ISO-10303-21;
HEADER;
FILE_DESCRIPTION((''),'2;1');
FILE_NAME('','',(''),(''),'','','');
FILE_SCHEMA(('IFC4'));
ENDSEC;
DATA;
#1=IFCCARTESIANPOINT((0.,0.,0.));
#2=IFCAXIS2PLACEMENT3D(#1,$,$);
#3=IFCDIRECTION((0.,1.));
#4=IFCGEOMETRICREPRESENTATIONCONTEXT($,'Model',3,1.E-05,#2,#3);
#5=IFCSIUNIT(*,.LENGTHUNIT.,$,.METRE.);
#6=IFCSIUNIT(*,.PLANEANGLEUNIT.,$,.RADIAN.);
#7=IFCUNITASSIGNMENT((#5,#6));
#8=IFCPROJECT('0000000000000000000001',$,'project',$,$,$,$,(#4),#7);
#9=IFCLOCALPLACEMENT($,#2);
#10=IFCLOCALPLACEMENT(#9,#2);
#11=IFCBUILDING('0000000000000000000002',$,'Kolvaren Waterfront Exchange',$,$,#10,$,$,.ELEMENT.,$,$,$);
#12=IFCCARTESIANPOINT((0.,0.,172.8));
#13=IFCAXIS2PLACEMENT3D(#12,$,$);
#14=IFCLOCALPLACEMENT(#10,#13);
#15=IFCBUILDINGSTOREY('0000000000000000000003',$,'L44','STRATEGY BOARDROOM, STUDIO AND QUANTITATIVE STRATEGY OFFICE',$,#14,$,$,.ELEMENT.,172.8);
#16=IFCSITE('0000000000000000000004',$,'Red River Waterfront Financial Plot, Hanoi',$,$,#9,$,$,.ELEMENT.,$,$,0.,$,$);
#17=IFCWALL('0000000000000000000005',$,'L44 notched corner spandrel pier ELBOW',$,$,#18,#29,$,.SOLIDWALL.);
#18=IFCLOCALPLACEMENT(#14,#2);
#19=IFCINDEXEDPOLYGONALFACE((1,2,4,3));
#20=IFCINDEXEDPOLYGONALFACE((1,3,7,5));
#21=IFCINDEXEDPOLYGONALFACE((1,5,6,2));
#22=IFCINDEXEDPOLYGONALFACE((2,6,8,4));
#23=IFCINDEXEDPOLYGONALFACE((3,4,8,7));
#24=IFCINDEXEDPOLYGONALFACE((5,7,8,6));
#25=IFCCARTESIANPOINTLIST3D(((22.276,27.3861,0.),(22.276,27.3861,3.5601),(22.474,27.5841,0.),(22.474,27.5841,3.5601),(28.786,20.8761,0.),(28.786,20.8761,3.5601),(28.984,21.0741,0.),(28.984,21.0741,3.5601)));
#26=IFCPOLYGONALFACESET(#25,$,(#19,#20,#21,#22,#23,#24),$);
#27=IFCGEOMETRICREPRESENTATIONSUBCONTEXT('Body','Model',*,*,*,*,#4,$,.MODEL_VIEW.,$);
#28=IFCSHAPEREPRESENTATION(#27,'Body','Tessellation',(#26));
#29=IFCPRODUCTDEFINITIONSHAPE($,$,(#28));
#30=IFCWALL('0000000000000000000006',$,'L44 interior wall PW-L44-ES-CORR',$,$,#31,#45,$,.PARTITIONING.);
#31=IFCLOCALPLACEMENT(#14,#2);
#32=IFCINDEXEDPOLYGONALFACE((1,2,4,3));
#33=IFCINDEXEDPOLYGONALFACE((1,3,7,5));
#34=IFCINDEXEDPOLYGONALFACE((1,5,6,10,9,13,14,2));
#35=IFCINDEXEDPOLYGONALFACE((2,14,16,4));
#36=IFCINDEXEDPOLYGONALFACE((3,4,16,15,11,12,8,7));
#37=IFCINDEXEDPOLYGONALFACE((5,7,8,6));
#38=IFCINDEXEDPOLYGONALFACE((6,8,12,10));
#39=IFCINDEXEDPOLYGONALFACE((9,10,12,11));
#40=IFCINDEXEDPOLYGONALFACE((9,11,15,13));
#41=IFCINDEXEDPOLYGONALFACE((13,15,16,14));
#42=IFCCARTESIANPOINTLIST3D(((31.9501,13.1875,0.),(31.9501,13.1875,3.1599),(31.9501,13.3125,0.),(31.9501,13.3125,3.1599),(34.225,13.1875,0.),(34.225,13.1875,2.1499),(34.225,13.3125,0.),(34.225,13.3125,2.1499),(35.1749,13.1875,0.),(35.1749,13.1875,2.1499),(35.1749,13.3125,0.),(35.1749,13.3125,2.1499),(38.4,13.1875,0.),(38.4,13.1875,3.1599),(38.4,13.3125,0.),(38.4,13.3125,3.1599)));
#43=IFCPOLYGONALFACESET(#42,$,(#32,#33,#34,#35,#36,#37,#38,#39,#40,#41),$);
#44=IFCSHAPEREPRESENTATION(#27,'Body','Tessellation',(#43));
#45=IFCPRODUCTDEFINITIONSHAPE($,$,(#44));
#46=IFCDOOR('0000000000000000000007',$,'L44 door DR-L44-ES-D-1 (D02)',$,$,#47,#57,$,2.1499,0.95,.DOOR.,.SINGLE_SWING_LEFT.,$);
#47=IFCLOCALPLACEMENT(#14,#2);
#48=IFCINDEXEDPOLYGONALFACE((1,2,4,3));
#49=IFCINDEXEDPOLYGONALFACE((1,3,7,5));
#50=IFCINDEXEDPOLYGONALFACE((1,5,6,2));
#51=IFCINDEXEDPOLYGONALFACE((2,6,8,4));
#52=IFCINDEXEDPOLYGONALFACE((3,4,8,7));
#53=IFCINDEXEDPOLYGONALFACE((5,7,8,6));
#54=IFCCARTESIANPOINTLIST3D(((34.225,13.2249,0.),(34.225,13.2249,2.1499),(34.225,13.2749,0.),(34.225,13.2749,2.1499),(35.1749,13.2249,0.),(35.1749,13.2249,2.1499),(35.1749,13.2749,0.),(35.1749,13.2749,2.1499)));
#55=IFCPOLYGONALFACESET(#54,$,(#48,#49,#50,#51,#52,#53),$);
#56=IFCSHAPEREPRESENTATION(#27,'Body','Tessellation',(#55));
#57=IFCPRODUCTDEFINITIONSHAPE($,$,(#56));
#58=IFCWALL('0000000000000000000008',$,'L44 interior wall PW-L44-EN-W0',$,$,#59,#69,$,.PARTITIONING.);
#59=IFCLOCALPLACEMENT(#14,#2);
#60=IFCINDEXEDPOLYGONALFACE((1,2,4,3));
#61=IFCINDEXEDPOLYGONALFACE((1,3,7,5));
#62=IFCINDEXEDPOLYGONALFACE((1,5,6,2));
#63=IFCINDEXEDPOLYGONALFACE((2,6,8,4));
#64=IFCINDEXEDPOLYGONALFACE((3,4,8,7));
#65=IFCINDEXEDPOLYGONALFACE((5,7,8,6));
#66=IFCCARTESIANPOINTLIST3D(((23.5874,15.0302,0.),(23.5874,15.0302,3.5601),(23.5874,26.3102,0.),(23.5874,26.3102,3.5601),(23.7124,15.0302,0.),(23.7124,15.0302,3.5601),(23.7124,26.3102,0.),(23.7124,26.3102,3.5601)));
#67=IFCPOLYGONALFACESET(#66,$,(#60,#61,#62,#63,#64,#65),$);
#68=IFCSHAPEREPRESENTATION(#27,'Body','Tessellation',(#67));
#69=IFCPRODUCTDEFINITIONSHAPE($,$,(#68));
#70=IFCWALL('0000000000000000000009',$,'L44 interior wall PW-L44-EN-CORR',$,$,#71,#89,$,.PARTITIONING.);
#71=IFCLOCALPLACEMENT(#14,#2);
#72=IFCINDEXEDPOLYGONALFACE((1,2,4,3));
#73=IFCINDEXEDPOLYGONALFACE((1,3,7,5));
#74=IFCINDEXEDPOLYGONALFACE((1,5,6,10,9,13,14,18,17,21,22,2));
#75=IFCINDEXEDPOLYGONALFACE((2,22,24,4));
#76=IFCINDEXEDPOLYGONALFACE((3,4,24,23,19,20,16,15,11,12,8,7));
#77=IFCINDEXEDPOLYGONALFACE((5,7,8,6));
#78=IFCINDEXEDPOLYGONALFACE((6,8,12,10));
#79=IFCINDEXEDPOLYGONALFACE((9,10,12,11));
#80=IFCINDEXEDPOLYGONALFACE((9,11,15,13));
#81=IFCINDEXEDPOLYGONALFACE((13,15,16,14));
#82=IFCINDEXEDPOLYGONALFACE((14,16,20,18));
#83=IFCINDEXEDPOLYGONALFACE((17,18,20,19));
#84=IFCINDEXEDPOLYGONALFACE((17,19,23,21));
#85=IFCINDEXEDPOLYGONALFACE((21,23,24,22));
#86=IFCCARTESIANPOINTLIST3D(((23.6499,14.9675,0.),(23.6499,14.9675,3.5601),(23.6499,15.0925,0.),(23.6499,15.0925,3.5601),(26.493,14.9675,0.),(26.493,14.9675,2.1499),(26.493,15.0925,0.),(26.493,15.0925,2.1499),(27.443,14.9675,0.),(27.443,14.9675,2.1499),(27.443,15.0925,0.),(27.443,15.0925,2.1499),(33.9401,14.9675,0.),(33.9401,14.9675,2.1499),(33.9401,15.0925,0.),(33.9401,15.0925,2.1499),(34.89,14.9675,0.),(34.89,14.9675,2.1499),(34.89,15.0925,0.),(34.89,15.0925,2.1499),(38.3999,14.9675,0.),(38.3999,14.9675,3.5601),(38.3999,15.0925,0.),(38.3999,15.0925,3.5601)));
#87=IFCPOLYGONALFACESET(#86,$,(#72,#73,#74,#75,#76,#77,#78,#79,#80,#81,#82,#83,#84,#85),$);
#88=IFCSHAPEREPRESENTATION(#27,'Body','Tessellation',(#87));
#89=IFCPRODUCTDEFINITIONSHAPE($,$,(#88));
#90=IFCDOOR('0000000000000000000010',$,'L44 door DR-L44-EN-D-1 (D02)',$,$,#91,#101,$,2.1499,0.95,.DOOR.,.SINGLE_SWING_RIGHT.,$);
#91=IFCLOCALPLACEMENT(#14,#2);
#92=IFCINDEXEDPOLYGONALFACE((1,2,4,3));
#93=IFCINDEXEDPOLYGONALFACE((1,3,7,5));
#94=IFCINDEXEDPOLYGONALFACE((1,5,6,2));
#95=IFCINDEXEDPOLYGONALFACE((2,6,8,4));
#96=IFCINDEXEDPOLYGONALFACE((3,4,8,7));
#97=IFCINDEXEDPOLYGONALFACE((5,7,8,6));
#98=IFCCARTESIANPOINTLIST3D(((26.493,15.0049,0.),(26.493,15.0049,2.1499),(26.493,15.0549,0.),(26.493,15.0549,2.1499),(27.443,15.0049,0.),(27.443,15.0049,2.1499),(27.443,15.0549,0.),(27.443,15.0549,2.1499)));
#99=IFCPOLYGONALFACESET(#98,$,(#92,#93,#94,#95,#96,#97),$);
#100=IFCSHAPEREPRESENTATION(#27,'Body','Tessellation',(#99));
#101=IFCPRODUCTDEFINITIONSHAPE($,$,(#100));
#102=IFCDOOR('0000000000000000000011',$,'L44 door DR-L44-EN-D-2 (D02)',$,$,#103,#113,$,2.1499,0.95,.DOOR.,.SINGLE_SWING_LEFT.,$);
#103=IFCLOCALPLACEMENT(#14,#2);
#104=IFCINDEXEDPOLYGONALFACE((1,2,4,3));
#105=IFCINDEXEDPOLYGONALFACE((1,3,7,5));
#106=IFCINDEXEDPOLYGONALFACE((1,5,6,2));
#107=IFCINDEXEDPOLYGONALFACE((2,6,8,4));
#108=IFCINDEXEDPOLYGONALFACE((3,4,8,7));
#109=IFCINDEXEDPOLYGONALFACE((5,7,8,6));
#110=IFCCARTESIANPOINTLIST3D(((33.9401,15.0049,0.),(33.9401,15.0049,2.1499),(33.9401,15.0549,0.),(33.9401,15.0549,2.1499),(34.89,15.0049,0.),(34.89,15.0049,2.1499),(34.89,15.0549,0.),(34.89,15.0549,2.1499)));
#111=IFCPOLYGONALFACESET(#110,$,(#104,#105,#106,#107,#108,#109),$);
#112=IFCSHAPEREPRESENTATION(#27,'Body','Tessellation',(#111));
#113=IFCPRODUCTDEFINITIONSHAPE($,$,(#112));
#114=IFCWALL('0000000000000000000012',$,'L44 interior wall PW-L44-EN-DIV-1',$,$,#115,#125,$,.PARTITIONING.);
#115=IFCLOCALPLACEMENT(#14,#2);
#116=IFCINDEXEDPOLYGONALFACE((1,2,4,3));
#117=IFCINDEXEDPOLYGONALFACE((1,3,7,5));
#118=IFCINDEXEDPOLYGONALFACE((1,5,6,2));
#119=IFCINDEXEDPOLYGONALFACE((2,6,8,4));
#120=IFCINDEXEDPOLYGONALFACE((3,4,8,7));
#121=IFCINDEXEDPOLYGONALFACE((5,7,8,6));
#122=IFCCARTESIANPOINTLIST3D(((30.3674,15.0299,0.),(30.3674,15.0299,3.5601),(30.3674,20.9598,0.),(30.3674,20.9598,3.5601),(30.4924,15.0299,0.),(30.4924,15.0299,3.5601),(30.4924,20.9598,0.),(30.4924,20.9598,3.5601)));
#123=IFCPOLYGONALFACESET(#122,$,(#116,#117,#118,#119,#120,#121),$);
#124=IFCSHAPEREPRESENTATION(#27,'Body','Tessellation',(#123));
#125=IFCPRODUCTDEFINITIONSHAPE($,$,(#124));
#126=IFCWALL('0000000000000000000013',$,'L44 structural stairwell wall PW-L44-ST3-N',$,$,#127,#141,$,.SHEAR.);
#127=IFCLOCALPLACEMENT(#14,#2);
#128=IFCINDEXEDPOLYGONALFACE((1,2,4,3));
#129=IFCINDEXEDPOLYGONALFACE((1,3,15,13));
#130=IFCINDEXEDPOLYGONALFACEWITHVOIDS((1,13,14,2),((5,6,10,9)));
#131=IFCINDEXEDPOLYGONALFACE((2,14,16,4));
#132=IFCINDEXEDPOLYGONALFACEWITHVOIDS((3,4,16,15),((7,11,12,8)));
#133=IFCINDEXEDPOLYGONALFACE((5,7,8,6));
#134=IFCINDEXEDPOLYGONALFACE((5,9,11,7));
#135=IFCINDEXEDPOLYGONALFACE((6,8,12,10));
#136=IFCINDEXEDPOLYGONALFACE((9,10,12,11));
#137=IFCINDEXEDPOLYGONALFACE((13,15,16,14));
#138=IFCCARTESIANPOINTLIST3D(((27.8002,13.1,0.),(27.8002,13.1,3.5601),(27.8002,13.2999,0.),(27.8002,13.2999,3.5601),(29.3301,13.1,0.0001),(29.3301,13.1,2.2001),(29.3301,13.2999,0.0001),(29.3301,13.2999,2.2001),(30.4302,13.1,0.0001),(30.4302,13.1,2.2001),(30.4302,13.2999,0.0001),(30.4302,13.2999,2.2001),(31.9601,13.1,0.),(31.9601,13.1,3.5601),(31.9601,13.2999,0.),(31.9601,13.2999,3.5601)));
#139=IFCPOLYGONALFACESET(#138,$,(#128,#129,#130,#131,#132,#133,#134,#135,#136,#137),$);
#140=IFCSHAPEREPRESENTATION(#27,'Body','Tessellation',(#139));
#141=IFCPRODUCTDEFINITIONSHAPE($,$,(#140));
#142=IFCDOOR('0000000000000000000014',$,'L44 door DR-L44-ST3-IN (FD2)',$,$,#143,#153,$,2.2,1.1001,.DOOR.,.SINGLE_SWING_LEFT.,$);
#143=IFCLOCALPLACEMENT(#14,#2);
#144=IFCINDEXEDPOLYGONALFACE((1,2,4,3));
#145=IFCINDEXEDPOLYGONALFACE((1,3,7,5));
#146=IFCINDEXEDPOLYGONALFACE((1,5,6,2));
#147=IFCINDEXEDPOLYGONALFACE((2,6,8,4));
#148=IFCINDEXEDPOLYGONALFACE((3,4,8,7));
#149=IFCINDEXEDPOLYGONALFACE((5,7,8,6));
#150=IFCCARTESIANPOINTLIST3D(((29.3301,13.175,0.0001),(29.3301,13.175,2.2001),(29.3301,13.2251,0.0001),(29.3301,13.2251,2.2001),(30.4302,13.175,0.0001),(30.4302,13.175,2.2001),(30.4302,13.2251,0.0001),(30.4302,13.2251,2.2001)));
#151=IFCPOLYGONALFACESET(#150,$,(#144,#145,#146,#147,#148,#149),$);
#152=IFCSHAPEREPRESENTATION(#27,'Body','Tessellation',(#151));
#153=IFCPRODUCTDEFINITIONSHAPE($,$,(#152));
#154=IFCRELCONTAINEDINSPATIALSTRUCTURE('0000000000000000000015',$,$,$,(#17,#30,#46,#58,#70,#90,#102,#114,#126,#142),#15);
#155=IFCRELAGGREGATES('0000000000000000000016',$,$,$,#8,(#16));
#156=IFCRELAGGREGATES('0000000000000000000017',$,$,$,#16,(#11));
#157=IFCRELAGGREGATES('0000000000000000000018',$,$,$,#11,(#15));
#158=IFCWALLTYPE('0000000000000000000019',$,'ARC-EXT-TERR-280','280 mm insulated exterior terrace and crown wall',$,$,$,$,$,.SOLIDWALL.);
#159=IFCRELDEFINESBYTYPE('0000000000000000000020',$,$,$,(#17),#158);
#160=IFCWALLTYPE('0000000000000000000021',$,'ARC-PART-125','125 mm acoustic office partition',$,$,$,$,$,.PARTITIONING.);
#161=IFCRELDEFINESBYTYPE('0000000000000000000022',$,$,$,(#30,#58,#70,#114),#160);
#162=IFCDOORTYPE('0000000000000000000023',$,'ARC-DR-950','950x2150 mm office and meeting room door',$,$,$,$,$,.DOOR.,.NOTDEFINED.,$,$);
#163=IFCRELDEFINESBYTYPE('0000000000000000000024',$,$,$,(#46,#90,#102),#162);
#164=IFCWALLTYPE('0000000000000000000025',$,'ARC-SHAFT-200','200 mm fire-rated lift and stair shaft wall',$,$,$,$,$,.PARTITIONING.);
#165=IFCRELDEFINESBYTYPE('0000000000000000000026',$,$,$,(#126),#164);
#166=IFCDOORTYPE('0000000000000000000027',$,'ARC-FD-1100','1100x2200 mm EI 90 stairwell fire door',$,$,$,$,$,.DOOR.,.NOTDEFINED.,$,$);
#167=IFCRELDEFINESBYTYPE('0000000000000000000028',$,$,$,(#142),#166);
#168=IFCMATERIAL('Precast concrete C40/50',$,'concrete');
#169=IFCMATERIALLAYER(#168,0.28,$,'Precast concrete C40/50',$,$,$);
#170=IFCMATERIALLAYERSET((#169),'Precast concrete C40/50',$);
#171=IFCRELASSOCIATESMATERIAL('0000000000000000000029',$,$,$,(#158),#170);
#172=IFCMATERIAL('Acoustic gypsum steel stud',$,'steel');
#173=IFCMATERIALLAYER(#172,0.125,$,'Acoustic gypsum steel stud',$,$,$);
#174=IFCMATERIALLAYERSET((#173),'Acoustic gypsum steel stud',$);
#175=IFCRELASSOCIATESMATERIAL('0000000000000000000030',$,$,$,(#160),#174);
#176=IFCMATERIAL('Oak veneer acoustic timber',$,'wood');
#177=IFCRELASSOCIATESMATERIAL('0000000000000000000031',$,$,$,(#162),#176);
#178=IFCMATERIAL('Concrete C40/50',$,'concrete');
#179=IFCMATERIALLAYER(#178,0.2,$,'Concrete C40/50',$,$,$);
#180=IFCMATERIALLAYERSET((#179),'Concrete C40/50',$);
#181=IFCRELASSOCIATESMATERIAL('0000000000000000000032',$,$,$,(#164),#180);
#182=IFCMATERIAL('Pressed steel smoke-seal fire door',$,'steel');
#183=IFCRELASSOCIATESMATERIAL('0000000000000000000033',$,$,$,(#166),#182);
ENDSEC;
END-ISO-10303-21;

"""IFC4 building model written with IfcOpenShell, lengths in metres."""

from ifc_helpers import new_model, si_unit, direction, frame, frame_2d, origin, place, context, subcontext, project, spatial, rectangle, extrude, material, layer, layer_set, type_object, element, fill, save


model = new_model("IFC4")

# Units and contexts
model_context = context("Model", 3, precision=1e-05, world=origin(), true_north=direction((0.0, 1.0)))
body_context = subcontext(model_context, "Body", "Model", "MODEL_VIEW")
ifc_project = project(units=[si_unit("LENGTHUNIT", "METRE"), si_unit("PLANEANGLEUNIT", "RADIAN")], contexts=[model_context])

# Site, building, storey
site_placement = place(None, origin())
site = spatial("IfcSite", under=ifc_project, at=site_placement, Name="Red River Waterfront Financial Plot, Hanoi", CompositionType="ELEMENT", RefElevation=0.0)
building_placement = place(site_placement, origin())
building = spatial("IfcBuilding", under=site, at=building_placement, Name="Kolvaren Waterfront Exchange", CompositionType="ELEMENT")
storey_placement = place(building_placement, frame((0.0, 0.0, 172.8)))
storey = spatial("IfcBuildingStorey", under=building, at=storey_placement, Name="L44", Description="STRATEGY BOARDROOM, STUDIO AND QUANTITATIVE STRATEGY OFFICE", CompositionType="ELEMENT", Elevation=172.8)

# Wall
ifc_material_1 = material(Name="Precast concrete C40/50", Category="concrete")
ifc_layer_1 = layer(ifc_material_1, 0.28, Name="Precast concrete C40/50")
ifc_layer_set_1 = layer_set([ifc_layer_1], Name="Precast concrete C40/50")
wall_type_1 = type_object("IfcWallType", Name="ARC-EXT-TERR-280", Description="280 mm insulated exterior terrace and crown wall", PredefinedType="SOLIDWALL", material=ifc_layer_set_1)
wall_1_placement = place(storey_placement, frame((28.885, 20.9751, 0.0), z_axis=(0.0, 0.0, 1.0), x_axis=(-0.707107, 0.707107, 0.0)))
element("IfcWall", 1, at=wall_1_placement, inside=storey, type_object=wall_type_1, Name="L44 notched corner spandrel pier ELBOW", PredefinedType="SOLIDWALL", context=body_context, shape_type="SweptSolid", body=[
    extrude(rectangle(XDim=9.2065, YDim=0.28, at=frame_2d((4.6033, 0.0))), origin(), (0.0, 0.0, 1.0), 3.5601),
])

# Wall, opening, door
ifc_material_2 = material(Name="Acoustic gypsum steel stud", Category="steel")
ifc_layer_2 = layer(ifc_material_2, 0.125, Name="Acoustic gypsum steel stud")
ifc_layer_set_2 = layer_set([ifc_layer_2], Name="Acoustic gypsum steel stud")
wall_type_2 = type_object("IfcWallType", Name="ARC-PART-125", Description="125 mm acoustic office partition", PredefinedType="PARTITIONING", material=ifc_layer_set_2)
wall_2_placement = place(storey_placement, frame((31.95, 13.25, 0.0), z_axis=(0.0, 0.0, 1.0), x_axis=(1.0, 0.0, 0.0)))
wall_2 = element("IfcWall", 2, at=wall_2_placement, inside=storey, type_object=wall_type_2, Name="L44 interior wall PW-L44-ES-CORR", PredefinedType="PARTITIONING", context=body_context, shape_type="SweptSolid", body=[
    extrude(rectangle(XDim=6.45, YDim=0.125, at=frame_2d((3.2251, 0.0))), origin(), (0.0, 0.0, 1.0), 3.1599),
])
opening_1_placement = place(wall_2_placement, frame((2.2749, 0.0, 0.0)))
opening_1 = element("IfcOpeningElement", 3, at=opening_1_placement, cuts=wall_2, PredefinedType="OPENING", context=body_context, shape_type="SweptSolid", body=[
    extrude(rectangle(XDim=0.95, YDim=2.1499, at=frame_2d((0.4751, 1.075))), frame((0.0, 0.0725, 0.0), z_axis=(0.0, -1.0, 0.0), x_axis=(1.0, 0.0, 0.0)), (0.0, 0.0, 1.0), 0.145),
])
ifc_material_3 = material(Name="Oak veneer acoustic timber", Category="wood")
door_type_1 = type_object("IfcDoorType", Name="ARC-DR-950", Description="950x2150 mm office and meeting room door", OperationType="NOTDEFINED", PredefinedType="DOOR", material=ifc_material_3)
door_1_placement = place(opening_1_placement, origin())
door_1 = element("IfcDoor", 4, at=door_1_placement, inside=storey, type_object=door_type_1, Name="L44 door DR-L44-ES-D-1 (D02)", OperationType="SINGLE_SWING_LEFT", OverallHeight=2.1499, OverallWidth=0.95, PredefinedType="DOOR", context=body_context, shape_type="SweptSolid", body=[
    extrude(rectangle(XDim=0.95, YDim=2.1499, at=frame_2d((0.4751, 1.075))), frame((0.0, 0.0249, 0.0), z_axis=(0.0, -1.0, 0.0), x_axis=(1.0, 0.0, 0.0)), (0.0, 0.0, 1.0), 0.05),
])
fill(opening_1, door_1)

# Wall
wall_3_placement = place(storey_placement, frame((23.6499, 15.03, 0.0), z_axis=(0.0, 0.0, 1.0), x_axis=(0.0, 1.0, 0.0)))
element("IfcWall", 5, at=wall_3_placement, inside=storey, type_object=wall_type_2, Name="L44 interior wall PW-L44-EN-W0", PredefinedType="PARTITIONING", context=body_context, shape_type="SweptSolid", body=[
    extrude(rectangle(XDim=11.28, YDim=0.125, at=frame_2d((5.6401, 0.0))), origin(), (0.0, 0.0, 1.0), 3.5601),
])

# Wall, openings, doors
wall_4_placement = place(storey_placement, frame((23.6499, 15.03, 0.0), z_axis=(0.0, 0.0, 1.0), x_axis=(1.0, 0.0, 0.0)))
wall_4 = element("IfcWall", 6, at=wall_4_placement, inside=storey, type_object=wall_type_2, Name="L44 interior wall PW-L44-EN-CORR", PredefinedType="PARTITIONING", context=body_context, shape_type="SweptSolid", body=[
    extrude(rectangle(XDim=14.75, YDim=0.125, at=frame_2d((7.375, 0.0))), origin(), (0.0, 0.0, 1.0), 3.5601),
])
opening_2_placement = place(wall_4_placement, frame((2.843, 0.0, 0.0)))
opening_2 = element("IfcOpeningElement", 7, at=opening_2_placement, cuts=wall_4, PredefinedType="OPENING", context=body_context, shape_type="SweptSolid", body=[
    extrude(rectangle(XDim=0.95, YDim=2.1499, at=frame_2d((0.4751, 1.075))), frame((0.0, 0.0725, 0.0), z_axis=(0.0, -1.0, 0.0), x_axis=(1.0, 0.0, 0.0)), (0.0, 0.0, 1.0), 0.145),
])
opening_3_placement = place(wall_4_placement, frame((10.29, 0.0, 0.0)))
opening_3 = element("IfcOpeningElement", 8, at=opening_3_placement, cuts=wall_4, PredefinedType="OPENING", context=body_context, shape_type="SweptSolid", body=[
    extrude(rectangle(XDim=0.95, YDim=2.1499, at=frame_2d((0.4751, 1.075))), frame((0.0, 0.0725, 0.0), z_axis=(0.0, -1.0, 0.0), x_axis=(1.0, 0.0, 0.0)), (0.0, 0.0, 1.0), 0.145),
])
door_2_placement = place(opening_2_placement, origin())
door_2 = element("IfcDoor", 9, at=door_2_placement, inside=storey, type_object=door_type_1, Name="L44 door DR-L44-EN-D-1 (D02)", OperationType="SINGLE_SWING_RIGHT", OverallHeight=2.1499, OverallWidth=0.95, PredefinedType="DOOR", context=body_context, shape_type="SweptSolid", body=[
    extrude(rectangle(XDim=0.95, YDim=2.1499, at=frame_2d((0.4751, 1.075))), frame((0.0, 0.0249, 0.0), z_axis=(0.0, -1.0, 0.0), x_axis=(1.0, 0.0, 0.0)), (0.0, 0.0, 1.0), 0.05),
])
fill(opening_2, door_2)
door_3_placement = place(opening_3_placement, origin())
door_3 = element("IfcDoor", 10, at=door_3_placement, inside=storey, type_object=door_type_1, Name="L44 door DR-L44-EN-D-2 (D02)", OperationType="SINGLE_SWING_LEFT", OverallHeight=2.1499, OverallWidth=0.95, PredefinedType="DOOR", context=body_context, shape_type="SweptSolid", body=[
    extrude(rectangle(XDim=0.95, YDim=2.1499, at=frame_2d((0.4751, 1.075))), frame((0.0, 0.0249, 0.0), z_axis=(0.0, -1.0, 0.0), x_axis=(1.0, 0.0, 0.0)), (0.0, 0.0, 1.0), 0.05),
])
fill(opening_3, door_3)

# Wall
wall_5_placement = place(storey_placement, frame((30.4299, 15.03, 0.0), z_axis=(0.0, 0.0, 1.0), x_axis=(0.0, 1.0, 0.0)))
element("IfcWall", 11, at=wall_5_placement, inside=storey, type_object=wall_type_2, Name="L44 interior wall PW-L44-EN-DIV-1", PredefinedType="PARTITIONING", context=body_context, shape_type="SweptSolid", body=[
    extrude(rectangle(XDim=5.9299, YDim=0.125, at=frame_2d((2.9648, 0.0))), origin(), (0.0, 0.0, 1.0), 3.5601),
])

# Wall, opening, door
ifc_material_4 = material(Name="Concrete C40/50", Category="concrete")
ifc_layer_3 = layer(ifc_material_4, 0.2, Name="Concrete C40/50")
ifc_layer_set_3 = layer_set([ifc_layer_3], Name="Concrete C40/50")
wall_type_3 = type_object("IfcWallType", Name="ARC-SHAFT-200", Description="200 mm fire-rated lift and stair shaft wall", PredefinedType="PARTITIONING", material=ifc_layer_set_3)
wall_6_placement = place(storey_placement, frame((27.8, 13.2, 0.0), z_axis=(0.0, 0.0, 1.0), x_axis=(1.0, 0.0, 0.0)))
wall_6 = element("IfcWall", 12, at=wall_6_placement, inside=storey, type_object=wall_type_3, Name="L44 structural stairwell wall PW-L44-ST3-N", PredefinedType="SHEAR", context=body_context, shape_type="SweptSolid", body=[
    extrude(rectangle(XDim=4.1599, YDim=0.2, at=frame_2d((2.0801, 0.0))), origin(), (0.0, 0.0, 1.0), 3.5601),
])
opening_4_placement = place(wall_6_placement, frame((1.53, 0.0, 0.0)))
opening_4 = element("IfcOpeningElement", 13, at=opening_4_placement, cuts=wall_6, PredefinedType="OPENING", context=body_context, shape_type="SweptSolid", body=[
    extrude(rectangle(XDim=1.1001, YDim=2.2, at=frame_2d((0.55, 1.1001))), frame((0.0, 0.1099, 0.0), z_axis=(0.0, -1.0, 0.0), x_axis=(1.0, 0.0, 0.0)), (0.0, 0.0, 1.0), 0.22),
])
ifc_material_5 = material(Name="Pressed steel smoke-seal fire door", Category="steel")
door_type_2 = type_object("IfcDoorType", Name="ARC-FD-1100", Description="1100x2200 mm EI 90 stairwell fire door", OperationType="NOTDEFINED", PredefinedType="DOOR", material=ifc_material_5)
door_4_placement = place(opening_4_placement, frame((1.1001, 0.0, 0.0), z_axis=(0.0, 0.0, 1.0), x_axis=(-1.0, 0.0, 0.0)))
door_4 = element("IfcDoor", 14, at=door_4_placement, inside=storey, type_object=door_type_2, Name="L44 door DR-L44-ST3-IN (FD2)", OperationType="SINGLE_SWING_LEFT", OverallHeight=2.2, OverallWidth=1.1001, PredefinedType="DOOR", context=body_context, shape_type="SweptSolid", body=[
    extrude(rectangle(XDim=1.1001, YDim=2.2, at=frame_2d((0.55, 1.1001))), frame((0.0, 0.0249, 0.0), z_axis=(0.0, -1.0, 0.0), x_axis=(1.0, 0.0, 0.0)), (0.0, 0.0, 1.0), 0.05),
])
fill(opening_4, door_4)

save(model, "model.ifc")
